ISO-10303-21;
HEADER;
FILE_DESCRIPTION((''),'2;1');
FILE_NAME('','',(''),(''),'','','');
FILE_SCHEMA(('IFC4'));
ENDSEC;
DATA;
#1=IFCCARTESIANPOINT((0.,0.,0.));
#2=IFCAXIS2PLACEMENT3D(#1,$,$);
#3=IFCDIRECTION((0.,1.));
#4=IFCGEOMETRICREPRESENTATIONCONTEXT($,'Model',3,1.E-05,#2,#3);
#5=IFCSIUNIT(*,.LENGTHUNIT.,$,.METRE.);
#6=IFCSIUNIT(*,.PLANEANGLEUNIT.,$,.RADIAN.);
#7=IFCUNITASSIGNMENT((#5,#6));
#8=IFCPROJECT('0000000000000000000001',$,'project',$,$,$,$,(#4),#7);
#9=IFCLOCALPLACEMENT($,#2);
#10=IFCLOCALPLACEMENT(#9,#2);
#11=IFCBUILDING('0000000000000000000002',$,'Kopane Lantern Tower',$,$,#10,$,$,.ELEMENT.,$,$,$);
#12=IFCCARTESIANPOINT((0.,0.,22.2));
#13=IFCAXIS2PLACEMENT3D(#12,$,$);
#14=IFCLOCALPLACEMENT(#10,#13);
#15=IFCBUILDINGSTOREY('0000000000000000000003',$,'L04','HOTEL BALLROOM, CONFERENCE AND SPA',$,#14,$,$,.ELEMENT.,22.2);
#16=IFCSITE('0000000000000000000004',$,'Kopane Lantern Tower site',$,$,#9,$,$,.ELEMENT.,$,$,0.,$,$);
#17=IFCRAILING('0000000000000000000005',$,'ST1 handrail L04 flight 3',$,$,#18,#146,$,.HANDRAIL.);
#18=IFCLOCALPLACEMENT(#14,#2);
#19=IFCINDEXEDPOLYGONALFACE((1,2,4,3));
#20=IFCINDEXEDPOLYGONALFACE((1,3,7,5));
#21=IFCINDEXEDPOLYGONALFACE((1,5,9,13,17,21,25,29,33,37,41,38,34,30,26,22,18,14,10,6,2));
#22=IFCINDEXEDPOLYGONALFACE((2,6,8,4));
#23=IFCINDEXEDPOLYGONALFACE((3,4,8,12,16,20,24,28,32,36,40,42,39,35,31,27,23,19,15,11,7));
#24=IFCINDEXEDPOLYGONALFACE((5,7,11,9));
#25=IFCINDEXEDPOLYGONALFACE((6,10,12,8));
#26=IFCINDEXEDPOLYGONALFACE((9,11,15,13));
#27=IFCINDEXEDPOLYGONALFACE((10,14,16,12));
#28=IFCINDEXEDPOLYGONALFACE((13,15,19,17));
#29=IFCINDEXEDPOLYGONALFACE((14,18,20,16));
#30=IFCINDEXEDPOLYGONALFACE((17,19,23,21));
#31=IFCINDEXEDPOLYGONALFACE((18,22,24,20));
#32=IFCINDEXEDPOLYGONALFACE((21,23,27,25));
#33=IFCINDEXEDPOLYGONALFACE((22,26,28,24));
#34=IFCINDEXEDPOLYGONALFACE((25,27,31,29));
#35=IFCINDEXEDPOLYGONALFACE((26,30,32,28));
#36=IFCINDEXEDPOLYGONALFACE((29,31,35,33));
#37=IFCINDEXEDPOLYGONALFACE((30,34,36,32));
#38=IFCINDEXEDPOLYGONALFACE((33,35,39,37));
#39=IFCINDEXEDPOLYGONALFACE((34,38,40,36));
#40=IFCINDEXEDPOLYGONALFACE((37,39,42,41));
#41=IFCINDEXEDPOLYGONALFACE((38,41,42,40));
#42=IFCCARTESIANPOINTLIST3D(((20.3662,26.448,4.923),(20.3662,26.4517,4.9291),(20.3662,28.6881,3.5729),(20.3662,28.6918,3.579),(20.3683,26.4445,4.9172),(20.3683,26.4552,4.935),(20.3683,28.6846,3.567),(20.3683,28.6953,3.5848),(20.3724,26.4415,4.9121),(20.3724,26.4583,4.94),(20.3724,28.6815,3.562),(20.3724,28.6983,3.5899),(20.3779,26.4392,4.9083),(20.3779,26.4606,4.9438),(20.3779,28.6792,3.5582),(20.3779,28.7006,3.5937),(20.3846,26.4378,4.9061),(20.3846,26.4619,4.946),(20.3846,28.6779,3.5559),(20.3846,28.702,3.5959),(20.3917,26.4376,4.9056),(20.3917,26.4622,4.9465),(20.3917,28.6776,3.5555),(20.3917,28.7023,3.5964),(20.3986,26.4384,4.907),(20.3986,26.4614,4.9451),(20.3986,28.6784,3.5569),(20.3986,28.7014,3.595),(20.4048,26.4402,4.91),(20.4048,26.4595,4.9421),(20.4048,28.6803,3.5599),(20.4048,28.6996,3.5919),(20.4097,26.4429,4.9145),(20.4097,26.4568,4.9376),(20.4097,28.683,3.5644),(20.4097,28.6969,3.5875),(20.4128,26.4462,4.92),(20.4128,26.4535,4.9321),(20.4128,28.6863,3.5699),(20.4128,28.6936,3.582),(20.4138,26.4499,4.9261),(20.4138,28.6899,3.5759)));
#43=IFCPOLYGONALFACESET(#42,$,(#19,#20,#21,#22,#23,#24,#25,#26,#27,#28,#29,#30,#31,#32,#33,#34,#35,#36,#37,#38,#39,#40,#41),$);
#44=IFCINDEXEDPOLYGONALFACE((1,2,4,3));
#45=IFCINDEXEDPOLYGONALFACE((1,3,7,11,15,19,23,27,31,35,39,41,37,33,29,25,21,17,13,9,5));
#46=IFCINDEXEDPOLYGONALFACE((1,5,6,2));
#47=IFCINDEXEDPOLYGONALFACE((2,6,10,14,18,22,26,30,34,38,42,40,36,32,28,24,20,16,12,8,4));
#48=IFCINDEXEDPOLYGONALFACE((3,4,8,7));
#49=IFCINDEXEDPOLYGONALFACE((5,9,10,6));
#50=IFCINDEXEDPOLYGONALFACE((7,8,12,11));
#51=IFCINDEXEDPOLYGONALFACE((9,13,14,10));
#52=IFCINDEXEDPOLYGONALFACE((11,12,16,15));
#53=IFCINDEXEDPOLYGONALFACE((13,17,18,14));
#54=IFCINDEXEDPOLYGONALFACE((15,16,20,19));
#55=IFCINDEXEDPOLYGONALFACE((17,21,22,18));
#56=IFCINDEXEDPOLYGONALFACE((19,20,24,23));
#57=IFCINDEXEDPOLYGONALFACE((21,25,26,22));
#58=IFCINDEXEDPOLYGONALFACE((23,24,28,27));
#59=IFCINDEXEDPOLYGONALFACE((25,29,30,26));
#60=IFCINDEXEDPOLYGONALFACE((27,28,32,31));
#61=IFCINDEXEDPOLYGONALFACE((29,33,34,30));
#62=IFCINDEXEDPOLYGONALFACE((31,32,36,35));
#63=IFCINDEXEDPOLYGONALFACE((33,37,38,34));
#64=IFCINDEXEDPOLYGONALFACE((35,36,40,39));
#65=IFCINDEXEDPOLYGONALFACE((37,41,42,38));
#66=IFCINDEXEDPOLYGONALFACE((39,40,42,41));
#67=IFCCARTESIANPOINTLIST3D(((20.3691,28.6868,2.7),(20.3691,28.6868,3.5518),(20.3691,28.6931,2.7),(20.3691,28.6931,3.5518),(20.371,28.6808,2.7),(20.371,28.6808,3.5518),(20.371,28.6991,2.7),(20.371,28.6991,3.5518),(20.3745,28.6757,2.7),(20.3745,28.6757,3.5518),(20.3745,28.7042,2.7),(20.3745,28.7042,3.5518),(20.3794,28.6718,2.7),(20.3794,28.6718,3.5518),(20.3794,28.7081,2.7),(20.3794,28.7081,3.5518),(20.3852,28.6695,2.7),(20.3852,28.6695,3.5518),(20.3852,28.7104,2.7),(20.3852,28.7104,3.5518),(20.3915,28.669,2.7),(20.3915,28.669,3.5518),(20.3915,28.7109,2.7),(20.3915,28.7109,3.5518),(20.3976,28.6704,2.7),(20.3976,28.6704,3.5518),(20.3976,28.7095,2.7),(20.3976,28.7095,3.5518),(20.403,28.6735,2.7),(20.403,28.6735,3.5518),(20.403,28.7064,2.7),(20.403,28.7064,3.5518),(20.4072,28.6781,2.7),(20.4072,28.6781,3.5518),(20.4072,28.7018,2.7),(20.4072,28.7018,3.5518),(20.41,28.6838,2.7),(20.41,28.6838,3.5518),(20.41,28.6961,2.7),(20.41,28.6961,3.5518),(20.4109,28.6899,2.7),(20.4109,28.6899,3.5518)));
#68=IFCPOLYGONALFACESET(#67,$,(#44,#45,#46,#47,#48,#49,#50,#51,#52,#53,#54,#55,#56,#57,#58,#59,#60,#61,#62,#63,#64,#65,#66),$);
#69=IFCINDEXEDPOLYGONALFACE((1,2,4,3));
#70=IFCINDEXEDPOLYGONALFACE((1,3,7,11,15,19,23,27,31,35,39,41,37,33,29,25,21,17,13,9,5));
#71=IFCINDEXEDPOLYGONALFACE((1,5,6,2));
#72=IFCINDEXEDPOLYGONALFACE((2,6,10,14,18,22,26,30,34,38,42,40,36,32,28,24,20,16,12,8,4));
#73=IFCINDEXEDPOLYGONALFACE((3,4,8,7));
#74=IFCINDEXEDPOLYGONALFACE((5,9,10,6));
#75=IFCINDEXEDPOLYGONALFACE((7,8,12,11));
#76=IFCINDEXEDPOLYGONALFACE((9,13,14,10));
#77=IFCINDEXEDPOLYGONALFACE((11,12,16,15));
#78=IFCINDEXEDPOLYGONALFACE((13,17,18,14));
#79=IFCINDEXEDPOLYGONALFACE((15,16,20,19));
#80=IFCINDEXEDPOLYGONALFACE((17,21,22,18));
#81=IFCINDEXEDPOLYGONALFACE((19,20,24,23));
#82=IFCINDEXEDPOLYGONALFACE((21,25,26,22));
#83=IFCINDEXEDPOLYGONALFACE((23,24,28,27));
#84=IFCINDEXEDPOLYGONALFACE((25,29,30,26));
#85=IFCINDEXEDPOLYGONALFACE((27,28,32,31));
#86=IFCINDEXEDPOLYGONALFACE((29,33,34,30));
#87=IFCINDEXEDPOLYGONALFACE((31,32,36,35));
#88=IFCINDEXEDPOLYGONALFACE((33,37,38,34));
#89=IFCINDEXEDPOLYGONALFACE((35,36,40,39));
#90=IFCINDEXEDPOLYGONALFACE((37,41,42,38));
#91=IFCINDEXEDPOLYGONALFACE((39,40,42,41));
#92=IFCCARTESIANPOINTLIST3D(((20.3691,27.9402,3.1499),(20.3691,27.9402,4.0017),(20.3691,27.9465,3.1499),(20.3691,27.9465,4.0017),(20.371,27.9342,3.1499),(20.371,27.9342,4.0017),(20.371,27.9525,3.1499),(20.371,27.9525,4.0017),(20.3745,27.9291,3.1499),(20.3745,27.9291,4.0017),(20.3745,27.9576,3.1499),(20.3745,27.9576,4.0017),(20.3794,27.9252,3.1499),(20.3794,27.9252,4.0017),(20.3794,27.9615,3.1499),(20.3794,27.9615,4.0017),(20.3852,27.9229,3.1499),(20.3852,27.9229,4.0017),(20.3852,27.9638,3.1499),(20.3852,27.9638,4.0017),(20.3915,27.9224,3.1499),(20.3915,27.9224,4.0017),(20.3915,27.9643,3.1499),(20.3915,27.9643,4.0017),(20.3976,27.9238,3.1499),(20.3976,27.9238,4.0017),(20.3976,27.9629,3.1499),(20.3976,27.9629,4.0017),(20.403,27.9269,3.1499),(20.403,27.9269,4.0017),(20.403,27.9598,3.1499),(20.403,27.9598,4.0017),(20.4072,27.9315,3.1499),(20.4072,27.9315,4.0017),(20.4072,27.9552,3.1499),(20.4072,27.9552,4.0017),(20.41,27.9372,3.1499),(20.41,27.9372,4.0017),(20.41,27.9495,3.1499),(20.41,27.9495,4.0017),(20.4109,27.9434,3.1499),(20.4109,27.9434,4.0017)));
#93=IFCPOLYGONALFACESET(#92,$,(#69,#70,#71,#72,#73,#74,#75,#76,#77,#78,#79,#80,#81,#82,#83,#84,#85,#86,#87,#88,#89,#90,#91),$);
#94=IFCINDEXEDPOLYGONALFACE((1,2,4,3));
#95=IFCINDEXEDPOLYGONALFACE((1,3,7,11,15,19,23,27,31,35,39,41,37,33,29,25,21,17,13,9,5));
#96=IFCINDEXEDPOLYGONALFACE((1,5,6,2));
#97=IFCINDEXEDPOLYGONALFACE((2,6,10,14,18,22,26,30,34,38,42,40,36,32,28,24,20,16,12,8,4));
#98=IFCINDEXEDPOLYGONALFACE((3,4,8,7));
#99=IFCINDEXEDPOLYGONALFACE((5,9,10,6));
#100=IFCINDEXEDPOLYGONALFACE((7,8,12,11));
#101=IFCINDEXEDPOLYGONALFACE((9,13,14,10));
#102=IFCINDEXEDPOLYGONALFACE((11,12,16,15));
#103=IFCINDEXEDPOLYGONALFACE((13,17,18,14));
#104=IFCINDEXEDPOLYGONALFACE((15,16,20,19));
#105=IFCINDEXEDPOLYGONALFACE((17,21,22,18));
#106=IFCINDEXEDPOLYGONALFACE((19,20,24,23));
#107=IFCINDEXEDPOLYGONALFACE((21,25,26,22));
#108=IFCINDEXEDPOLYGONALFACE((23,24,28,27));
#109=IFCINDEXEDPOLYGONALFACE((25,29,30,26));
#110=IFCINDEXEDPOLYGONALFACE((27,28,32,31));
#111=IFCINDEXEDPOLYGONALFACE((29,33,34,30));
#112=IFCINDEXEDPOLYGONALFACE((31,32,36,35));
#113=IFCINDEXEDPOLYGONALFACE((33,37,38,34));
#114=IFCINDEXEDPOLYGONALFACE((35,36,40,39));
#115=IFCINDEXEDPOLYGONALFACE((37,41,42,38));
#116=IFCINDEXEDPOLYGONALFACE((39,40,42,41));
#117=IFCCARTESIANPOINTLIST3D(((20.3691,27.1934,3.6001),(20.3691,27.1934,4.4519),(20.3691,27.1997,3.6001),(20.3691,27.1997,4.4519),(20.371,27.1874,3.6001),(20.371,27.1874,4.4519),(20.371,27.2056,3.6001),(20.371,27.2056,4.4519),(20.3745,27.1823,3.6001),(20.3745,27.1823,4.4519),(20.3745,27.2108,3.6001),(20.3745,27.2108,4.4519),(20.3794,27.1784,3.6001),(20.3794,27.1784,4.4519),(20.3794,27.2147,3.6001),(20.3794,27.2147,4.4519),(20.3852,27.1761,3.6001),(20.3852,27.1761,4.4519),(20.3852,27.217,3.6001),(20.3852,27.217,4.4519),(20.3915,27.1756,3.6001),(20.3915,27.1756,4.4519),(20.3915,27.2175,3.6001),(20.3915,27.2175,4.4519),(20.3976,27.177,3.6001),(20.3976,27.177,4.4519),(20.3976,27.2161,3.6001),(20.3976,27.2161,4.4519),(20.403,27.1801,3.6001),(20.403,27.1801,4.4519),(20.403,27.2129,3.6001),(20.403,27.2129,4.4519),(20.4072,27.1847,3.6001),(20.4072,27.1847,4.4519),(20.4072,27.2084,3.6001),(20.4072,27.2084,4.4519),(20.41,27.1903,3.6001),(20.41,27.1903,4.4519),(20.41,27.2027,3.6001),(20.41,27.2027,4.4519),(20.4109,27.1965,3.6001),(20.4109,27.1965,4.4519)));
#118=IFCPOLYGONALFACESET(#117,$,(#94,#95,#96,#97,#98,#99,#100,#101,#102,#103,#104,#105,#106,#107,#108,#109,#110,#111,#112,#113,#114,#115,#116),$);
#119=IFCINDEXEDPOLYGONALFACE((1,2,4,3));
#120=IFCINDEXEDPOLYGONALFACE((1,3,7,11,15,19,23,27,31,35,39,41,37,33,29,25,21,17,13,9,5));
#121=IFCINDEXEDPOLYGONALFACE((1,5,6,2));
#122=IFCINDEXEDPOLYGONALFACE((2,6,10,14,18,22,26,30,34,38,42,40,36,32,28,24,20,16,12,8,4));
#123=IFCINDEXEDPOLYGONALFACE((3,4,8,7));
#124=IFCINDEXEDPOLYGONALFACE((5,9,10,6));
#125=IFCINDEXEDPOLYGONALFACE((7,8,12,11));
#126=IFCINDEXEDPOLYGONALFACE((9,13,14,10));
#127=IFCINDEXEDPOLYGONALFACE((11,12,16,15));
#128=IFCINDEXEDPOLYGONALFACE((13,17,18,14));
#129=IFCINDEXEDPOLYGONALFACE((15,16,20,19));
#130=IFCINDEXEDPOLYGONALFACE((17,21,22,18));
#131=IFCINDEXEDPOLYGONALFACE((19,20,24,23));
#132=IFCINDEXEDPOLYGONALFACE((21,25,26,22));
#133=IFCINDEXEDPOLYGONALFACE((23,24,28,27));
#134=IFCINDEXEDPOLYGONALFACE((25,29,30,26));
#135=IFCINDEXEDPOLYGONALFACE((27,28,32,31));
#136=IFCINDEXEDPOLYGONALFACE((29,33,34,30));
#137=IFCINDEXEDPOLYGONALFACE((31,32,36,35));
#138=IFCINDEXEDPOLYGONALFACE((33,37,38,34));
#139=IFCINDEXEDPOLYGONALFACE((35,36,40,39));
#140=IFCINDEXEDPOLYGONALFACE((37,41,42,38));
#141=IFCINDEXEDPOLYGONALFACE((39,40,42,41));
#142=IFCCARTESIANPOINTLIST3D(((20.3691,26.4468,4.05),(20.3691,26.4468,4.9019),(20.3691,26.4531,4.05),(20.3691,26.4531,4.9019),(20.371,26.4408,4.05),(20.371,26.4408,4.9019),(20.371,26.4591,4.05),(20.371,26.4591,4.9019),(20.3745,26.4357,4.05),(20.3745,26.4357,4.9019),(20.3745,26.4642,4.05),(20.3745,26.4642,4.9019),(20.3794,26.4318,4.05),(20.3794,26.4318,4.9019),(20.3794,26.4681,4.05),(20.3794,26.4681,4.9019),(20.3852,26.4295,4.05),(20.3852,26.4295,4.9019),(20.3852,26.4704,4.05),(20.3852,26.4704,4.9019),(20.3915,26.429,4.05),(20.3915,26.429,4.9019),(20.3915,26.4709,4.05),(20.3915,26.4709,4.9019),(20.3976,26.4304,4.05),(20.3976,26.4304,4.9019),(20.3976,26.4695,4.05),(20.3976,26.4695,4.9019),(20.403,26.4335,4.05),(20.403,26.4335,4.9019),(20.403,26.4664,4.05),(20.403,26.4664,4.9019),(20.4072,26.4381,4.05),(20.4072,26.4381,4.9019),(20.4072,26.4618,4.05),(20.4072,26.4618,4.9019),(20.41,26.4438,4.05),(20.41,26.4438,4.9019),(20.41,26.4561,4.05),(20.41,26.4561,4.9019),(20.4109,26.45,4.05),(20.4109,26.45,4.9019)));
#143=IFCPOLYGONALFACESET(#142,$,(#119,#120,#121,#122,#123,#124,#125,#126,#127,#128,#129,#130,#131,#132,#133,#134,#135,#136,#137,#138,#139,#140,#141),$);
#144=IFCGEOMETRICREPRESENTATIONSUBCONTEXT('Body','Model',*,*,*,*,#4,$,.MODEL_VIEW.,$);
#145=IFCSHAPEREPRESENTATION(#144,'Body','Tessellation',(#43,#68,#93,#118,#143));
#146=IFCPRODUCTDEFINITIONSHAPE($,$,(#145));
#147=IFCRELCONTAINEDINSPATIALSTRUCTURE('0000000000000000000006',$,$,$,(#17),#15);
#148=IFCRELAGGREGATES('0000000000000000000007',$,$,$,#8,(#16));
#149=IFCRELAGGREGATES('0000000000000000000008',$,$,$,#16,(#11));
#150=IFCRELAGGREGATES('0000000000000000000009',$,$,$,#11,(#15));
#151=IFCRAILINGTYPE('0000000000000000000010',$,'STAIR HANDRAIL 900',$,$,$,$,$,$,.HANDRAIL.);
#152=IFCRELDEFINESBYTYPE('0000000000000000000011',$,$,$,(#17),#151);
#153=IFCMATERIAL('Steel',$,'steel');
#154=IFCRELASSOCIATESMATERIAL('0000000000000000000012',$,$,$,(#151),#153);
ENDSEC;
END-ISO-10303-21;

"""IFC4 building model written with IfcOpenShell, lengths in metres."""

from ifc_helpers import new_model, si_unit, direction, frame, origin, origin_2d, place, context, subcontext, project, spatial, circle, extrude, material, type_object, element, save


model = new_model("IFC4")

# Units and contexts
model_context = context("Model", 3, precision=1e-05, world=origin(), true_north=direction((0.0, 1.0)))
body_context = subcontext(model_context, "Body", "Model", "MODEL_VIEW")
ifc_project = project(units=[si_unit("LENGTHUNIT", "METRE"), si_unit("PLANEANGLEUNIT", "RADIAN")], contexts=[model_context])

# Site, building, storey
site_placement = place(None, origin())
site = spatial("IfcSite", under=ifc_project, at=site_placement, Name="Kopane Lantern Tower site", CompositionType="ELEMENT", RefElevation=0.0)
building_placement = place(site_placement, origin())
building = spatial("IfcBuilding", under=site, at=building_placement, Name="Kopane Lantern Tower", CompositionType="ELEMENT")
storey_placement = place(building_placement, frame((0.0, 0.0, 22.2)))
storey = spatial("IfcBuildingStorey", under=building, at=storey_placement, Name="L04", Description="HOTEL BALLROOM, CONFERENCE AND SPA", CompositionType="ELEMENT", Elevation=22.2)

# Railing
ifc_material_1 = material(Name="Steel", Category="steel")
railing_type_1 = type_object("IfcRailingType", Name="STAIR HANDRAIL 900", PredefinedType="HANDRAIL", material=ifc_material_1)
for number, where, name in (
    (1, (20.3899, 28.6899, 2.7), "ST1 handrail L04 flight 3"),
):
    element("IfcRailing", number, at=place(storey_placement, frame(where)), inside=storey, type_object=railing_type_1, Name=name, PredefinedType="HANDRAIL", context=body_context, shape_type="SweptSolid", body=[
        extrude(circle(Radius=0.0239, at=origin_2d()), frame((0.0, 0.0, 0.876), z_axis=(0.0, -0.856462, 0.516211), x_axis=(1.0, 0.0, 0.0)), (0.0, 0.0, 1.0), 2.6155),
        extrude(circle(Radius=0.021, at=origin_2d()), origin(), (0.0, 0.0, 1.0), 0.8518),
        extrude(circle(Radius=0.021, at=origin_2d()), frame((0.0, -0.7466, 0.45)), (0.0, 0.0, 1.0), 0.8518),
        extrude(circle(Radius=0.021, at=origin_2d()), frame((0.0, -1.4934, 0.9001)), (0.0, 0.0, 1.0), 0.8518),
        extrude(circle(Radius=0.021, at=origin_2d()), frame((0.0, -2.24, 1.3501)), (0.0, 0.0, 1.0), 0.8518),
    ])

save(model, "model.ifc")
